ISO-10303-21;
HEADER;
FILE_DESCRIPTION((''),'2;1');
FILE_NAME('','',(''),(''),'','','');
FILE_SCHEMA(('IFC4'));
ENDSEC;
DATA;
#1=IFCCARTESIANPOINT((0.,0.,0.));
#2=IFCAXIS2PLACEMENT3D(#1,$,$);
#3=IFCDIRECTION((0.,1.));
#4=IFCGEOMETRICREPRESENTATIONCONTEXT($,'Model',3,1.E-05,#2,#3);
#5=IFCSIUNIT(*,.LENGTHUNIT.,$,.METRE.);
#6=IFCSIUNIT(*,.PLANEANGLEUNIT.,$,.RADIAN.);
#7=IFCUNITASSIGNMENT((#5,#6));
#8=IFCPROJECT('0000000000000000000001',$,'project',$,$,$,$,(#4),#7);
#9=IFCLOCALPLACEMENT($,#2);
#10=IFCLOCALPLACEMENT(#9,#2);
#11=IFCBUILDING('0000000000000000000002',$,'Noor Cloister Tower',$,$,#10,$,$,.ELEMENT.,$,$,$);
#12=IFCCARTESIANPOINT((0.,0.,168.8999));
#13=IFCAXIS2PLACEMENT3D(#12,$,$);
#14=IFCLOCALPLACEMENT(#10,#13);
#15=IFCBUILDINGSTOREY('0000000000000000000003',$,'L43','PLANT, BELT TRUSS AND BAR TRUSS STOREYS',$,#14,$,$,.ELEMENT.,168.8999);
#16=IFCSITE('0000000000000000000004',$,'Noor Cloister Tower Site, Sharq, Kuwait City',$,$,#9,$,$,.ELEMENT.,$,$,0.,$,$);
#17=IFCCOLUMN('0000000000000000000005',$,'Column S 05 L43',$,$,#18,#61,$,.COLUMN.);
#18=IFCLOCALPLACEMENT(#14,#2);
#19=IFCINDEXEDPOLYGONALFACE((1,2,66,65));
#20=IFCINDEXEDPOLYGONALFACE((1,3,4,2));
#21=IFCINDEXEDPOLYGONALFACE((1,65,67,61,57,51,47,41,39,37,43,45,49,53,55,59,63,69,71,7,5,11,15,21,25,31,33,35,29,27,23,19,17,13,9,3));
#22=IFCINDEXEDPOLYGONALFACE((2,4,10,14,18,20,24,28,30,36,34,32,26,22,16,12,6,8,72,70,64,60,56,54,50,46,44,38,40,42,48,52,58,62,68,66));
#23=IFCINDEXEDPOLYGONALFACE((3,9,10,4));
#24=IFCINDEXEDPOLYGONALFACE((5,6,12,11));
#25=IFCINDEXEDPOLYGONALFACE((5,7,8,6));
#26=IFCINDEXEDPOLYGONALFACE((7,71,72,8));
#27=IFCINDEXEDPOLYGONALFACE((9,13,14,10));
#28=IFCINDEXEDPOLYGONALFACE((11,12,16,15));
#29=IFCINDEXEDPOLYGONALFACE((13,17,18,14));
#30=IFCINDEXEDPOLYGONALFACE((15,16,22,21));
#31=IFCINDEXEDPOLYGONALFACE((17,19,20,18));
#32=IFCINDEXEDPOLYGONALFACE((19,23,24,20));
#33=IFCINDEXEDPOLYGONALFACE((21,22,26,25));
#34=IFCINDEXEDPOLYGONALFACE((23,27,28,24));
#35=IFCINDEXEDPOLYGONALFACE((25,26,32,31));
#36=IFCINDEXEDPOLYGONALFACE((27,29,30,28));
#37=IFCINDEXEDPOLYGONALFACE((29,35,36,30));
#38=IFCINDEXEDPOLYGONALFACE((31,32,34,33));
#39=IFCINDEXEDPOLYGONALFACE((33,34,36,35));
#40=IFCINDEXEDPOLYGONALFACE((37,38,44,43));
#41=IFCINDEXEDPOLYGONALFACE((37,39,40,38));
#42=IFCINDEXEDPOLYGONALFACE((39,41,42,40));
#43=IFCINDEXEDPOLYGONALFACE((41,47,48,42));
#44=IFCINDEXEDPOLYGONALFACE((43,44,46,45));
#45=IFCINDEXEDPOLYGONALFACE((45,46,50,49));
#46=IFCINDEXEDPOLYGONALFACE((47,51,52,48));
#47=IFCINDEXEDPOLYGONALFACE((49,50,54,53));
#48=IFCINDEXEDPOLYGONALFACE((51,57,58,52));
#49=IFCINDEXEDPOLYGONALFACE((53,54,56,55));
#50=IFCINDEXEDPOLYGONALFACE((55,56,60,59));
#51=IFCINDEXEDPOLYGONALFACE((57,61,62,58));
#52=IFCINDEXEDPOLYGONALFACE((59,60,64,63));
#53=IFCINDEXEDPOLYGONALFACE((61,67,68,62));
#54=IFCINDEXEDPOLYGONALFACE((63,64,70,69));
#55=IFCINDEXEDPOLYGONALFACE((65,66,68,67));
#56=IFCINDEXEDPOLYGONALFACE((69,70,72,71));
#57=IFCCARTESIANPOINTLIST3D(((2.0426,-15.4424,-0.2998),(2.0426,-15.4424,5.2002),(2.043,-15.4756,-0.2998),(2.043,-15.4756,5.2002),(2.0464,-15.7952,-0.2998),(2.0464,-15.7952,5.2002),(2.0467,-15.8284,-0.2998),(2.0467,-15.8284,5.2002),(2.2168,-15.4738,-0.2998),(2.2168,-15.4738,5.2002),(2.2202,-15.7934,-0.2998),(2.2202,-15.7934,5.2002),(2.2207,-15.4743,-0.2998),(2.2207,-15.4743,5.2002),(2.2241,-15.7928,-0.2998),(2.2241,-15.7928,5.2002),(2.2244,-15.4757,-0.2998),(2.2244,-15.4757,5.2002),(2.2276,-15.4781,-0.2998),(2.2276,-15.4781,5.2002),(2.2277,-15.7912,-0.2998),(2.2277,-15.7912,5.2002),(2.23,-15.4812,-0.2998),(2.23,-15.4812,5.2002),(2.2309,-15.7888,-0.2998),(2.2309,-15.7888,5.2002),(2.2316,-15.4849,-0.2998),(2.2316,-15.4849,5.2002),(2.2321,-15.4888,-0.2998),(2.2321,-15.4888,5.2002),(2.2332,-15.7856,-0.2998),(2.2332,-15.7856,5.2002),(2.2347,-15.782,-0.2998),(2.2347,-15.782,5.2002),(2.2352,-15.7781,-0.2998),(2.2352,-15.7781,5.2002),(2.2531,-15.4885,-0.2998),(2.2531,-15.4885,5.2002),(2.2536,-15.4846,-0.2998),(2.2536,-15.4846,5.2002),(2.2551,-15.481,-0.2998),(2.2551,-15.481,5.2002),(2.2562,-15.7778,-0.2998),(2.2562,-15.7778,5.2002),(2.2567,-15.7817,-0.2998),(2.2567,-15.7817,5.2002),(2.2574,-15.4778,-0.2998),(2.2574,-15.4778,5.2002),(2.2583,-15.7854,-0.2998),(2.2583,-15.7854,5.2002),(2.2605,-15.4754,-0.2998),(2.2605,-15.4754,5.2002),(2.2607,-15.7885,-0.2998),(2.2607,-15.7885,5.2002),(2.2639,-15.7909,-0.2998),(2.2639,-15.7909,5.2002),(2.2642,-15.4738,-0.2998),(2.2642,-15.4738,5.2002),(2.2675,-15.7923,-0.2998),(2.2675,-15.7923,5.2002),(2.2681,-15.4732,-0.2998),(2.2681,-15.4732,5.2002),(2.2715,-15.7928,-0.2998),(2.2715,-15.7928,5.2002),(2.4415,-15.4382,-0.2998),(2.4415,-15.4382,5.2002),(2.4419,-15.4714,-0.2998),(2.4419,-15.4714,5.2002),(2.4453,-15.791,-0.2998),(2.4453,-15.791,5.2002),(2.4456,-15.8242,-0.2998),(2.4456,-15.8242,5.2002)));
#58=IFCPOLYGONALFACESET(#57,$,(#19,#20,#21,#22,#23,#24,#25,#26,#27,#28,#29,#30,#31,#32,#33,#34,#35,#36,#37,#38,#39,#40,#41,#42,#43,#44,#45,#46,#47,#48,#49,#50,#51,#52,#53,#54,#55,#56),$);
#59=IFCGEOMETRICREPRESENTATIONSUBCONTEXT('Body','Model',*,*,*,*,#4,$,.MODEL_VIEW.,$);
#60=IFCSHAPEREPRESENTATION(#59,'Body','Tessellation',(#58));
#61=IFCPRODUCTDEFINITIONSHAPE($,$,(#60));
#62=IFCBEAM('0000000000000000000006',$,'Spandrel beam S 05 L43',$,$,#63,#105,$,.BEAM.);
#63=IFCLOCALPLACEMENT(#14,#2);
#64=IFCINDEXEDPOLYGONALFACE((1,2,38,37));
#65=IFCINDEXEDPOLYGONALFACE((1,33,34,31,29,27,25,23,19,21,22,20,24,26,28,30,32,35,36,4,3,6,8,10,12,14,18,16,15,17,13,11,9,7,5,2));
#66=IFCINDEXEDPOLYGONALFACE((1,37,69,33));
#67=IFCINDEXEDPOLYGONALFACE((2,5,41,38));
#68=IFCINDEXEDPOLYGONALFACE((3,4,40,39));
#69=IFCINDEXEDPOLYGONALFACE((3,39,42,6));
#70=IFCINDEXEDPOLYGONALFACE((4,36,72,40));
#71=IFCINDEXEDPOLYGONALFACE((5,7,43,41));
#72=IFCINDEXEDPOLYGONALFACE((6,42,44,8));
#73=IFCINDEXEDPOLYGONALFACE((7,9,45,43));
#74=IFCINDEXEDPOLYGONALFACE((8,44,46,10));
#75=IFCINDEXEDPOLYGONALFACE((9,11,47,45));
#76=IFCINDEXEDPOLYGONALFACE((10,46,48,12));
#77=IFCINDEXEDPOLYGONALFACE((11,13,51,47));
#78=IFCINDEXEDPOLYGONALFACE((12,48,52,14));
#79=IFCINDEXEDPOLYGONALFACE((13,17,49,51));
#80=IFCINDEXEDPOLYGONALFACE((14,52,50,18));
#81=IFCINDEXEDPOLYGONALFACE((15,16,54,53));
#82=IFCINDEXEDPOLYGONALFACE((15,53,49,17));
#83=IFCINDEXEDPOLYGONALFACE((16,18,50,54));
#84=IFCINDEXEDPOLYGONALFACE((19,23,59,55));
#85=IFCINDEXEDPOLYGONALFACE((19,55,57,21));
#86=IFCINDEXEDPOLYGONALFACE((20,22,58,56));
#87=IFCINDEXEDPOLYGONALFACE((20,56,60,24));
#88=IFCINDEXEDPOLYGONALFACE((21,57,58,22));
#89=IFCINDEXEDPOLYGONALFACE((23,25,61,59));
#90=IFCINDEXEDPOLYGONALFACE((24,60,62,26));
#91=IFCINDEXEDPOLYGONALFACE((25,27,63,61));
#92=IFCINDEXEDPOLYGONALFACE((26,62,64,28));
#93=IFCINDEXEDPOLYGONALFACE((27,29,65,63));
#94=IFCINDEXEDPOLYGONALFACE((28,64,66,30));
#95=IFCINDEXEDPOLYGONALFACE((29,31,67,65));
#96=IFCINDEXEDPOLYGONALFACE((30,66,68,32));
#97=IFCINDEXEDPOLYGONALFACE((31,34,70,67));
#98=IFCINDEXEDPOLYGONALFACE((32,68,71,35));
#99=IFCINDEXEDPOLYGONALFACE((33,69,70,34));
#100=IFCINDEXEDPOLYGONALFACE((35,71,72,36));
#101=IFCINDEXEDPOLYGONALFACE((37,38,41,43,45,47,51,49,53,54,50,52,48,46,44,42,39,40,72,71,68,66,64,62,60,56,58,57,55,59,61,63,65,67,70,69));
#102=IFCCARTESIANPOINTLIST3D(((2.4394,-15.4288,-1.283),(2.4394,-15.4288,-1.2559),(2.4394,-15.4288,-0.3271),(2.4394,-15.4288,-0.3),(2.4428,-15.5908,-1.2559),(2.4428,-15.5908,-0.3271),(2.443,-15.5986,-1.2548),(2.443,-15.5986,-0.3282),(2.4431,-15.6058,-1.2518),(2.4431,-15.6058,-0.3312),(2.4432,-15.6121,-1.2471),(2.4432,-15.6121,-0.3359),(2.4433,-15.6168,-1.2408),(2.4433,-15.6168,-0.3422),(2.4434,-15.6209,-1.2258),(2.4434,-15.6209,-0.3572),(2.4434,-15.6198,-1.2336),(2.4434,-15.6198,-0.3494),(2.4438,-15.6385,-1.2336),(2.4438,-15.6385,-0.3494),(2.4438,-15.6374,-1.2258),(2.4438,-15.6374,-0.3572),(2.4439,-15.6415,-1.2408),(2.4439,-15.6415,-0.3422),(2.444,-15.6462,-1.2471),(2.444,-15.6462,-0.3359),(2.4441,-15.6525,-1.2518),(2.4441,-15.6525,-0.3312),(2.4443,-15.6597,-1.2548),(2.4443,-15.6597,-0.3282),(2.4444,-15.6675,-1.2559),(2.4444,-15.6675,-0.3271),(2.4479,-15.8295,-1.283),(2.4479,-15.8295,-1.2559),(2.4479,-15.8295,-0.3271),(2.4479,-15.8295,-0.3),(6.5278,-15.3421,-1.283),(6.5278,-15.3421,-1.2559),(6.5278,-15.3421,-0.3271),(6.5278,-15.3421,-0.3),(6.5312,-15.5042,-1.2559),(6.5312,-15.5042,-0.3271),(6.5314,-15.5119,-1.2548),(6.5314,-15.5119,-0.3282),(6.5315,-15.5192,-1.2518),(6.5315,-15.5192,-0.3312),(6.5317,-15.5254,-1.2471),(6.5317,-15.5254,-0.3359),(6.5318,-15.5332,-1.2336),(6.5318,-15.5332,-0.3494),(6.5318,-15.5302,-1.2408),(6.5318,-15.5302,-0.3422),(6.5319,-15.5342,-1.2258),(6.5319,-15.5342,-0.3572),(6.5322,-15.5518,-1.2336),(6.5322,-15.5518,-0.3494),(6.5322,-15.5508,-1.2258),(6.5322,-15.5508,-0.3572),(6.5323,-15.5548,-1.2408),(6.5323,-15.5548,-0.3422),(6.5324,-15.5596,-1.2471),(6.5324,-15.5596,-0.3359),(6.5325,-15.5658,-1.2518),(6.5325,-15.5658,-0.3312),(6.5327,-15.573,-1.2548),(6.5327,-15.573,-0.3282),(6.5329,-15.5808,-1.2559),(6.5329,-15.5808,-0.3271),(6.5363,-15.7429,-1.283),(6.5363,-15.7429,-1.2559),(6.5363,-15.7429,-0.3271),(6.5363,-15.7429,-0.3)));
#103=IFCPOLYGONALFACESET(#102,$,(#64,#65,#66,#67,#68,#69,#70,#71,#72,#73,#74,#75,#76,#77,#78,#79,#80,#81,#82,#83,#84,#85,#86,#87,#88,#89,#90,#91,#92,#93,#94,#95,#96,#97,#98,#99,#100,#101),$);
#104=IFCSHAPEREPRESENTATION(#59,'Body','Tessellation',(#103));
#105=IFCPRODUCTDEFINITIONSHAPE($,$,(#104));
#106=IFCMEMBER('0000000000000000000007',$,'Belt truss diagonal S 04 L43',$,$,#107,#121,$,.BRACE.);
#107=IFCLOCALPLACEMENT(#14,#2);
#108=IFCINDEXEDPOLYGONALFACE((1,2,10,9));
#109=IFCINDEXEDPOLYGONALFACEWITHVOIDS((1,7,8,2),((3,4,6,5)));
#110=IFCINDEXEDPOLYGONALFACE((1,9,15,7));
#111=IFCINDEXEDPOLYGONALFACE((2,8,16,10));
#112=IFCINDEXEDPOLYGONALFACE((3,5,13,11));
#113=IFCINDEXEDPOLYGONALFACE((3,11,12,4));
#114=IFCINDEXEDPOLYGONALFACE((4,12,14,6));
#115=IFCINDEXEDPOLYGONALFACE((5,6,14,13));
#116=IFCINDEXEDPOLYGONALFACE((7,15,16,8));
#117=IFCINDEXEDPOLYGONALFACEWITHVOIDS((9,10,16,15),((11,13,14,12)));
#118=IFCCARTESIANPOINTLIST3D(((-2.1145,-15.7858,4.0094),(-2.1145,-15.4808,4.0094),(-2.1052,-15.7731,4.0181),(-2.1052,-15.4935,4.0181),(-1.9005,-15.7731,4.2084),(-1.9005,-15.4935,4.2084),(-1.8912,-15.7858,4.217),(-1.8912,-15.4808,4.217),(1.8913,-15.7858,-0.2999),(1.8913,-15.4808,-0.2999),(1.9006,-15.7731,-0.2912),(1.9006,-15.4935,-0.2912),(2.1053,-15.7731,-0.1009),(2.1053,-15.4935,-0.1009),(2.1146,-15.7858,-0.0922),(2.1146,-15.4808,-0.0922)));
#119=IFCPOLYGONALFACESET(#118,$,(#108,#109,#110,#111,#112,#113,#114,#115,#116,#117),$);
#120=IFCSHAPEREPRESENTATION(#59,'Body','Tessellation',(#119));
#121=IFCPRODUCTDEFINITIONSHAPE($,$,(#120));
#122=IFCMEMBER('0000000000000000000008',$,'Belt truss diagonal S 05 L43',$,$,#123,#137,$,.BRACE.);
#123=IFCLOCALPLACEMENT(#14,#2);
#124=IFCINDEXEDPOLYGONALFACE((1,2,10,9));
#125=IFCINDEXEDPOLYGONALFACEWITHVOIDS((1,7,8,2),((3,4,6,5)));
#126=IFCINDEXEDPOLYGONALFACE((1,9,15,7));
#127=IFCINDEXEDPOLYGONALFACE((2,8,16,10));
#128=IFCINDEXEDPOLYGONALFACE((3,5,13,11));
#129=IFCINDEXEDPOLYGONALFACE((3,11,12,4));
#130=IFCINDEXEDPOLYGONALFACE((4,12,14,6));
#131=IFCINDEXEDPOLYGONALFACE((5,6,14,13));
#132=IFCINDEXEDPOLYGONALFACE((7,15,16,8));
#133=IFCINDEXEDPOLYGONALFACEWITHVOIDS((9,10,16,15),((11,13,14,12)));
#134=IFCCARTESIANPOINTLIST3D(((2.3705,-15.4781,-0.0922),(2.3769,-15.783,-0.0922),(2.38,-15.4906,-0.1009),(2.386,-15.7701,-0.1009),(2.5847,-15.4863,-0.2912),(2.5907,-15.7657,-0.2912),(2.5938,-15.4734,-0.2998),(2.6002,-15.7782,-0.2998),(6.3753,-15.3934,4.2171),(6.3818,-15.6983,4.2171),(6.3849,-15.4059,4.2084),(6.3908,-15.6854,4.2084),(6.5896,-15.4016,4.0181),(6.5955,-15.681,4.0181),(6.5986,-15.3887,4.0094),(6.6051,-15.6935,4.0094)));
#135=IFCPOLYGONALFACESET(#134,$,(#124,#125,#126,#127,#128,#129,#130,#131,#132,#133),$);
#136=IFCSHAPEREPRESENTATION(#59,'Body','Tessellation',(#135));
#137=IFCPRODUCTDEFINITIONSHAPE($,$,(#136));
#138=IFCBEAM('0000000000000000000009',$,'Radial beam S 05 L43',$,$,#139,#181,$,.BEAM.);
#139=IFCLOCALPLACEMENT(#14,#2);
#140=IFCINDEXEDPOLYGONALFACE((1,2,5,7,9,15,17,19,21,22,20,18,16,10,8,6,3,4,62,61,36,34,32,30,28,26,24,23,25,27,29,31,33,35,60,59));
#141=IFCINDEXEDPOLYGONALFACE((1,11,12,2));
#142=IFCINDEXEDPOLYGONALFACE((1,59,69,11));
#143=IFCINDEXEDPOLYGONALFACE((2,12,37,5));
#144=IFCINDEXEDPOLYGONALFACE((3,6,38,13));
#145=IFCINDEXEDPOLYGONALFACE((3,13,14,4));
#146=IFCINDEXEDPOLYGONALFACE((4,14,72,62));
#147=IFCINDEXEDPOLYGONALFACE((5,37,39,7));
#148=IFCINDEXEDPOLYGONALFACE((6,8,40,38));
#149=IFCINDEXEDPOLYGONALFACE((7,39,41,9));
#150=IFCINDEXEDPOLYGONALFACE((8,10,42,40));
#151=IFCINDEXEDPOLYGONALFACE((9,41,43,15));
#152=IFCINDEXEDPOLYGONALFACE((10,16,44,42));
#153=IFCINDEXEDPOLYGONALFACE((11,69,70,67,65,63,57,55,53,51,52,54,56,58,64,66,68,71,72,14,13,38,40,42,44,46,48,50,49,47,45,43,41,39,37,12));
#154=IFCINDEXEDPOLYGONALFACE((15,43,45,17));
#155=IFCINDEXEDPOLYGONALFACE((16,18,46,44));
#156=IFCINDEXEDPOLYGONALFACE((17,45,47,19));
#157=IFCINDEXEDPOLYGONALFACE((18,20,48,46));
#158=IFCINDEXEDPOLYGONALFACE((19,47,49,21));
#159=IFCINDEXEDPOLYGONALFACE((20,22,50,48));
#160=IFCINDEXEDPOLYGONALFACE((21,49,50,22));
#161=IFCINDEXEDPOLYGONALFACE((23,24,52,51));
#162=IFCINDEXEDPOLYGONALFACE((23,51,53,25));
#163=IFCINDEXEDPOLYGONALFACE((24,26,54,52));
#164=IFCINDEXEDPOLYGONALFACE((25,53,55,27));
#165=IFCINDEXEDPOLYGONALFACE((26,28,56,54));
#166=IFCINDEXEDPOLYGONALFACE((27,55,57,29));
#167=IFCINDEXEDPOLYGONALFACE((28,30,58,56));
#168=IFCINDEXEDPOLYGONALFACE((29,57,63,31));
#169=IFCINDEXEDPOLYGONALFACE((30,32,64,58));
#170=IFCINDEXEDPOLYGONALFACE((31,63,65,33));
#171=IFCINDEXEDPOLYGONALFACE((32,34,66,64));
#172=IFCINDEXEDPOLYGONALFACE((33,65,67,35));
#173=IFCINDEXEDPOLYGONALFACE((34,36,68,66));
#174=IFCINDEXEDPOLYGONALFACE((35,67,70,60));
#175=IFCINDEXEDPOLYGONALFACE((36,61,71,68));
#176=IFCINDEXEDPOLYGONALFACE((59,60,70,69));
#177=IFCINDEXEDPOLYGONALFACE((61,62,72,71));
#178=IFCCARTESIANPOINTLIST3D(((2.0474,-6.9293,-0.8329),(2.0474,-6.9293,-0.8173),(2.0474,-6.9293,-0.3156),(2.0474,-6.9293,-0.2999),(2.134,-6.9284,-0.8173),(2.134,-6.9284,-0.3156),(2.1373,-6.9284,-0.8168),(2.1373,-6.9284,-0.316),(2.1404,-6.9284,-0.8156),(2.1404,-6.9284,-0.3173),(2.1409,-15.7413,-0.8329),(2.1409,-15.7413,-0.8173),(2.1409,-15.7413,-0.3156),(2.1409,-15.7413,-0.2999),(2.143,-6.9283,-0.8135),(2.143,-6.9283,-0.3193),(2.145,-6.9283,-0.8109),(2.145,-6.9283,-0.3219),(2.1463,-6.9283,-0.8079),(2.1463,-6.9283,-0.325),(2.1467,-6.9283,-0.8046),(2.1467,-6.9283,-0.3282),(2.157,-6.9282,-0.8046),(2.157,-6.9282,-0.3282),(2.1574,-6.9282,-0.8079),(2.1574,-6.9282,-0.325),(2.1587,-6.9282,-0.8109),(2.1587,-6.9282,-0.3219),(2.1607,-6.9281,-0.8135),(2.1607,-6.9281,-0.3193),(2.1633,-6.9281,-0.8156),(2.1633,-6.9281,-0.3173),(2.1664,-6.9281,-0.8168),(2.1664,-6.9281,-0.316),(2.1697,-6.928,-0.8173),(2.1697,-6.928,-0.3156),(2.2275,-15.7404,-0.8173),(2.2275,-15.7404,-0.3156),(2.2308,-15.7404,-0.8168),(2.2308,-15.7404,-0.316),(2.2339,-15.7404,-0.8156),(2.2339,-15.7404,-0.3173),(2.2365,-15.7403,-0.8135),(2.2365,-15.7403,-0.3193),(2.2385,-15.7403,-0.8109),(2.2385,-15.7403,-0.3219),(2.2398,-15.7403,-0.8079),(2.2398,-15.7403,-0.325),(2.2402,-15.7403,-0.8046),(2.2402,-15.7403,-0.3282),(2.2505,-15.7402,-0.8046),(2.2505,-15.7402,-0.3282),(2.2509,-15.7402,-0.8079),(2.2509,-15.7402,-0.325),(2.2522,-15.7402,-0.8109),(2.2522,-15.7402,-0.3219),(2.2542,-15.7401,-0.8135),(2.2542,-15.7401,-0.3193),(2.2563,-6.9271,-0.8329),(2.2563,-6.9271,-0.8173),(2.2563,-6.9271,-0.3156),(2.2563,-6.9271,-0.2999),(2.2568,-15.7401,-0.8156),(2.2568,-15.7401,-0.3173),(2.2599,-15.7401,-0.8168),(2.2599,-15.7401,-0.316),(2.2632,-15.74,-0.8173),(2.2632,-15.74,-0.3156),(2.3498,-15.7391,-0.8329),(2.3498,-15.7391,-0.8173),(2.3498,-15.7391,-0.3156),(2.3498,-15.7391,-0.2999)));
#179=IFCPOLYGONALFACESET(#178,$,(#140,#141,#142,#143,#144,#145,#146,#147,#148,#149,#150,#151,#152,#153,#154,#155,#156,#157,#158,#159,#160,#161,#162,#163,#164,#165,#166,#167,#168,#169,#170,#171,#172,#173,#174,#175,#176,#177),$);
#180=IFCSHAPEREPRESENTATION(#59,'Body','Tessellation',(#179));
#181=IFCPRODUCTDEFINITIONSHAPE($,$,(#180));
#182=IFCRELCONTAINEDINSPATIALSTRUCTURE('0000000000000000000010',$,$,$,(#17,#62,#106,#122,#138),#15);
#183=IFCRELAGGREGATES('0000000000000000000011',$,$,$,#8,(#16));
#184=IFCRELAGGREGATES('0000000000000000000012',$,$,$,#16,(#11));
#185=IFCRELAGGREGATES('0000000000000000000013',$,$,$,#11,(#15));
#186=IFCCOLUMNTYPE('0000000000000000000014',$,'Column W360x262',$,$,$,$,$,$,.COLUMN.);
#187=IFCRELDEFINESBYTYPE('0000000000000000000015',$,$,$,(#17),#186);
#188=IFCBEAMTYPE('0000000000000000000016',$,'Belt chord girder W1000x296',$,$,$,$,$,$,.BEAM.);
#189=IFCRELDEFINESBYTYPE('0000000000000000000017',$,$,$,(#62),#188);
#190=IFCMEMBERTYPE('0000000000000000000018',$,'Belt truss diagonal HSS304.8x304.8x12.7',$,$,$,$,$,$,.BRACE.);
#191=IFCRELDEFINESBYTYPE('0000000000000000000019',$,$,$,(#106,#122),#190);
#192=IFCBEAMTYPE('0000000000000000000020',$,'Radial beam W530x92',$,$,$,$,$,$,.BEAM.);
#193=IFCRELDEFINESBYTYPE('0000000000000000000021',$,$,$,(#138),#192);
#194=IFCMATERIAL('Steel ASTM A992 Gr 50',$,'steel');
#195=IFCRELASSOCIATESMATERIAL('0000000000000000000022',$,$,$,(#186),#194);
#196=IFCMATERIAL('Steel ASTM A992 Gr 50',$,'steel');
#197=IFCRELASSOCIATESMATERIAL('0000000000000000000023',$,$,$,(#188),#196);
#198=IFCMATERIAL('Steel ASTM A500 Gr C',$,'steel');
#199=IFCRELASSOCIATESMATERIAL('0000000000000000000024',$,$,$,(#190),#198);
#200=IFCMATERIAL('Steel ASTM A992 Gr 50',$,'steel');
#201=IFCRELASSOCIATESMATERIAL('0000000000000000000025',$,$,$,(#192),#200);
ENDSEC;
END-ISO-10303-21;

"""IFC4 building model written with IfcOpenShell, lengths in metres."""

from ifc_helpers import new_model, si_unit, direction, frame, origin, origin_2d, place, context, subcontext, project, spatial, hollow_rectangle, i_section, extrude, material, material_profile, profile_set, type_object, element, save


model = new_model("IFC4")

# Units and contexts
model_context = context("Model", 3, precision=1e-05, world=origin(), true_north=direction((0.0, 1.0)))
body_context = subcontext(model_context, "Body", "Model", "MODEL_VIEW")
ifc_project = project(units=[si_unit("LENGTHUNIT", "METRE"), si_unit("PLANEANGLEUNIT", "RADIAN")], contexts=[model_context])

# Site, building, storey
site_placement = place(None, origin())
site = spatial("IfcSite", under=ifc_project, at=site_placement, Name="Noor Cloister Tower Site, Sharq, Kuwait City", CompositionType="ELEMENT", RefElevation=0.0)
building_placement = place(site_placement, origin())
building = spatial("IfcBuilding", under=site, at=building_placement, Name="Noor Cloister Tower", CompositionType="ELEMENT")
storey_placement = place(building_placement, frame((0.0, 0.0, 168.8999)))
storey = spatial("IfcBuildingStorey", under=building, at=storey_placement, Name="L43", Description="PLANT, BELT TRUSS AND BAR TRUSS STOREYS", CompositionType="ELEMENT", Elevation=168.8999)

# Column
ifc_material_1 = material(Name="Steel ASTM A992 Gr 50", Category="steel")
ifc_material_profile_1 = material_profile(ifc_material_1, i_section(OverallWidth=0.3989, OverallDepth=0.386, WebThickness=0.021, FlangeThickness=0.0332, FilletRadius=0.0151, at=origin_2d()), Name="W360x262")
ifc_profile_set_1 = profile_set([ifc_material_profile_1], Name="Steel ASTM A992 Gr 50")
column_type = type_object("IfcColumnType", Name="Column W360x262", PredefinedType="COLUMN", material=ifc_profile_set_1)
column_placement = place(storey_placement, frame((2.2441, -15.6333, -0.2998), z_axis=(0.0, 0.0, 1.0), x_axis=(0.999944, 0.010591, 0.0)))
element("IfcColumn", 1, at=column_placement, inside=storey, type_object=column_type, Name="Column S 05 L43", PredefinedType="COLUMN", context=body_context, shape_type="SweptSolid", body=[
    extrude(i_section(OverallWidth=0.3989, OverallDepth=0.386, WebThickness=0.021, FlangeThickness=0.0332, FilletRadius=0.0151, at=origin_2d()), origin(), (0.0, 0.0, 1.0), 5.5),
])

# Beam
ifc_material_2 = material(Name="Steel ASTM A992 Gr 50", Category="steel")
ifc_material_profile_2 = material_profile(ifc_material_2, i_section(OverallWidth=0.4009, OverallDepth=0.9829, WebThickness=0.0166, FlangeThickness=0.0271, FilletRadius=0.03, at=origin_2d()), Name="W1000x296")
ifc_profile_set_2 = profile_set([ifc_material_profile_2], Name="Steel ASTM A992 Gr 50")
beam_type_1 = type_object("IfcBeamType", Name="Belt chord girder W1000x296", PredefinedType="BEAM", material=ifc_profile_set_2)
beam_1_placement = place(storey_placement, frame((2.4436, -15.6292, -0.7915), z_axis=(0.999775, 0.021194, 0.0), x_axis=(-0.021194, 0.999775, 0.0)))
element("IfcBeam", 2, at=beam_1_placement, inside=storey, type_object=beam_type_1, Name="Spandrel beam S 05 L43", PredefinedType="BEAM", context=body_context, shape_type="SweptSolid", body=[
    extrude(i_section(OverallWidth=0.4009, OverallDepth=0.9829, WebThickness=0.0166, FlangeThickness=0.0271, FilletRadius=0.03, at=origin_2d()), origin(), (0.0, 0.0, 1.0), 4.0894),
])

# Members
ifc_material_3 = material(Name="Steel ASTM A500 Gr C", Category="steel")
ifc_material_profile_3 = material_profile(ifc_material_3, hollow_rectangle(XDim=0.3049, YDim=0.3049, WallThickness=0.0127, at=origin_2d()), Name="HSS304.8x304.8x12.7")
ifc_profile_set_3 = profile_set([ifc_material_profile_3], Name="Steel ASTM A500 Gr C")
member_type = type_object("IfcMemberType", Name="Belt truss diagonal HSS304.8x304.8x12.7", PredefinedType="BRACE", material=ifc_profile_set_3)
for number, where, z_axis, x_axis, name in (
    (3, (2.0029, -15.6333, -0.196), (-0.680847, 0.0, 0.732425), (0.0, -1.0, 0.0), "Belt truss diagonal S 04 L43"),
    (4, (2.4854, -15.6282, -0.196), (0.680688, 0.014399, 0.732432), (-0.021149, 0.999776, 0.0), "Belt truss diagonal S 05 L43"),
):
    element("IfcMember", number, at=place(storey_placement, frame(where, z_axis=z_axis, x_axis=x_axis)), inside=storey, type_object=member_type, Name=name, PredefinedType="BRACE", context=body_context, shape_type="SweptSolid", body=[
        extrude(hollow_rectangle(XDim=0.3049, YDim=0.3049, WallThickness=0.0127, at=origin_2d()), origin(), (0.0, 0.0, 1.0), 5.8835),
    ])

# Beam
ifc_material_4 = material(Name="Steel ASTM A992 Gr 50", Category="steel")
ifc_material_profile_4 = material_profile(ifc_material_4, i_section(OverallWidth=0.209, OverallDepth=0.533, WebThickness=0.0103, FlangeThickness=0.0156, FilletRadius=0.0127, at=origin_2d()), Name="W530x92")
ifc_profile_set_4 = profile_set([ifc_material_profile_4], Name="Steel ASTM A992 Gr 50")
beam_type_2 = type_object("IfcBeamType", Name="Radial beam W530x92", PredefinedType="BEAM", material=ifc_profile_set_4)
beam_2_placement = place(storey_placement, frame((2.2454, -15.7402, -0.5664), z_axis=(-0.010611, 0.999944, 0.0), x_axis=(-0.999944, -0.010611, 0.0)))
element("IfcBeam", 5, at=beam_2_placement, inside=storey, type_object=beam_type_2, Name="Radial beam S 05 L43", PredefinedType="BEAM", context=body_context, shape_type="SweptSolid", body=[
    extrude(i_section(OverallWidth=0.209, OverallDepth=0.533, WebThickness=0.0103, FlangeThickness=0.0156, FilletRadius=0.0127, at=origin_2d()), origin(), (0.0, 0.0, 1.0), 8.8125),
])

save(model, "model.ifc")
